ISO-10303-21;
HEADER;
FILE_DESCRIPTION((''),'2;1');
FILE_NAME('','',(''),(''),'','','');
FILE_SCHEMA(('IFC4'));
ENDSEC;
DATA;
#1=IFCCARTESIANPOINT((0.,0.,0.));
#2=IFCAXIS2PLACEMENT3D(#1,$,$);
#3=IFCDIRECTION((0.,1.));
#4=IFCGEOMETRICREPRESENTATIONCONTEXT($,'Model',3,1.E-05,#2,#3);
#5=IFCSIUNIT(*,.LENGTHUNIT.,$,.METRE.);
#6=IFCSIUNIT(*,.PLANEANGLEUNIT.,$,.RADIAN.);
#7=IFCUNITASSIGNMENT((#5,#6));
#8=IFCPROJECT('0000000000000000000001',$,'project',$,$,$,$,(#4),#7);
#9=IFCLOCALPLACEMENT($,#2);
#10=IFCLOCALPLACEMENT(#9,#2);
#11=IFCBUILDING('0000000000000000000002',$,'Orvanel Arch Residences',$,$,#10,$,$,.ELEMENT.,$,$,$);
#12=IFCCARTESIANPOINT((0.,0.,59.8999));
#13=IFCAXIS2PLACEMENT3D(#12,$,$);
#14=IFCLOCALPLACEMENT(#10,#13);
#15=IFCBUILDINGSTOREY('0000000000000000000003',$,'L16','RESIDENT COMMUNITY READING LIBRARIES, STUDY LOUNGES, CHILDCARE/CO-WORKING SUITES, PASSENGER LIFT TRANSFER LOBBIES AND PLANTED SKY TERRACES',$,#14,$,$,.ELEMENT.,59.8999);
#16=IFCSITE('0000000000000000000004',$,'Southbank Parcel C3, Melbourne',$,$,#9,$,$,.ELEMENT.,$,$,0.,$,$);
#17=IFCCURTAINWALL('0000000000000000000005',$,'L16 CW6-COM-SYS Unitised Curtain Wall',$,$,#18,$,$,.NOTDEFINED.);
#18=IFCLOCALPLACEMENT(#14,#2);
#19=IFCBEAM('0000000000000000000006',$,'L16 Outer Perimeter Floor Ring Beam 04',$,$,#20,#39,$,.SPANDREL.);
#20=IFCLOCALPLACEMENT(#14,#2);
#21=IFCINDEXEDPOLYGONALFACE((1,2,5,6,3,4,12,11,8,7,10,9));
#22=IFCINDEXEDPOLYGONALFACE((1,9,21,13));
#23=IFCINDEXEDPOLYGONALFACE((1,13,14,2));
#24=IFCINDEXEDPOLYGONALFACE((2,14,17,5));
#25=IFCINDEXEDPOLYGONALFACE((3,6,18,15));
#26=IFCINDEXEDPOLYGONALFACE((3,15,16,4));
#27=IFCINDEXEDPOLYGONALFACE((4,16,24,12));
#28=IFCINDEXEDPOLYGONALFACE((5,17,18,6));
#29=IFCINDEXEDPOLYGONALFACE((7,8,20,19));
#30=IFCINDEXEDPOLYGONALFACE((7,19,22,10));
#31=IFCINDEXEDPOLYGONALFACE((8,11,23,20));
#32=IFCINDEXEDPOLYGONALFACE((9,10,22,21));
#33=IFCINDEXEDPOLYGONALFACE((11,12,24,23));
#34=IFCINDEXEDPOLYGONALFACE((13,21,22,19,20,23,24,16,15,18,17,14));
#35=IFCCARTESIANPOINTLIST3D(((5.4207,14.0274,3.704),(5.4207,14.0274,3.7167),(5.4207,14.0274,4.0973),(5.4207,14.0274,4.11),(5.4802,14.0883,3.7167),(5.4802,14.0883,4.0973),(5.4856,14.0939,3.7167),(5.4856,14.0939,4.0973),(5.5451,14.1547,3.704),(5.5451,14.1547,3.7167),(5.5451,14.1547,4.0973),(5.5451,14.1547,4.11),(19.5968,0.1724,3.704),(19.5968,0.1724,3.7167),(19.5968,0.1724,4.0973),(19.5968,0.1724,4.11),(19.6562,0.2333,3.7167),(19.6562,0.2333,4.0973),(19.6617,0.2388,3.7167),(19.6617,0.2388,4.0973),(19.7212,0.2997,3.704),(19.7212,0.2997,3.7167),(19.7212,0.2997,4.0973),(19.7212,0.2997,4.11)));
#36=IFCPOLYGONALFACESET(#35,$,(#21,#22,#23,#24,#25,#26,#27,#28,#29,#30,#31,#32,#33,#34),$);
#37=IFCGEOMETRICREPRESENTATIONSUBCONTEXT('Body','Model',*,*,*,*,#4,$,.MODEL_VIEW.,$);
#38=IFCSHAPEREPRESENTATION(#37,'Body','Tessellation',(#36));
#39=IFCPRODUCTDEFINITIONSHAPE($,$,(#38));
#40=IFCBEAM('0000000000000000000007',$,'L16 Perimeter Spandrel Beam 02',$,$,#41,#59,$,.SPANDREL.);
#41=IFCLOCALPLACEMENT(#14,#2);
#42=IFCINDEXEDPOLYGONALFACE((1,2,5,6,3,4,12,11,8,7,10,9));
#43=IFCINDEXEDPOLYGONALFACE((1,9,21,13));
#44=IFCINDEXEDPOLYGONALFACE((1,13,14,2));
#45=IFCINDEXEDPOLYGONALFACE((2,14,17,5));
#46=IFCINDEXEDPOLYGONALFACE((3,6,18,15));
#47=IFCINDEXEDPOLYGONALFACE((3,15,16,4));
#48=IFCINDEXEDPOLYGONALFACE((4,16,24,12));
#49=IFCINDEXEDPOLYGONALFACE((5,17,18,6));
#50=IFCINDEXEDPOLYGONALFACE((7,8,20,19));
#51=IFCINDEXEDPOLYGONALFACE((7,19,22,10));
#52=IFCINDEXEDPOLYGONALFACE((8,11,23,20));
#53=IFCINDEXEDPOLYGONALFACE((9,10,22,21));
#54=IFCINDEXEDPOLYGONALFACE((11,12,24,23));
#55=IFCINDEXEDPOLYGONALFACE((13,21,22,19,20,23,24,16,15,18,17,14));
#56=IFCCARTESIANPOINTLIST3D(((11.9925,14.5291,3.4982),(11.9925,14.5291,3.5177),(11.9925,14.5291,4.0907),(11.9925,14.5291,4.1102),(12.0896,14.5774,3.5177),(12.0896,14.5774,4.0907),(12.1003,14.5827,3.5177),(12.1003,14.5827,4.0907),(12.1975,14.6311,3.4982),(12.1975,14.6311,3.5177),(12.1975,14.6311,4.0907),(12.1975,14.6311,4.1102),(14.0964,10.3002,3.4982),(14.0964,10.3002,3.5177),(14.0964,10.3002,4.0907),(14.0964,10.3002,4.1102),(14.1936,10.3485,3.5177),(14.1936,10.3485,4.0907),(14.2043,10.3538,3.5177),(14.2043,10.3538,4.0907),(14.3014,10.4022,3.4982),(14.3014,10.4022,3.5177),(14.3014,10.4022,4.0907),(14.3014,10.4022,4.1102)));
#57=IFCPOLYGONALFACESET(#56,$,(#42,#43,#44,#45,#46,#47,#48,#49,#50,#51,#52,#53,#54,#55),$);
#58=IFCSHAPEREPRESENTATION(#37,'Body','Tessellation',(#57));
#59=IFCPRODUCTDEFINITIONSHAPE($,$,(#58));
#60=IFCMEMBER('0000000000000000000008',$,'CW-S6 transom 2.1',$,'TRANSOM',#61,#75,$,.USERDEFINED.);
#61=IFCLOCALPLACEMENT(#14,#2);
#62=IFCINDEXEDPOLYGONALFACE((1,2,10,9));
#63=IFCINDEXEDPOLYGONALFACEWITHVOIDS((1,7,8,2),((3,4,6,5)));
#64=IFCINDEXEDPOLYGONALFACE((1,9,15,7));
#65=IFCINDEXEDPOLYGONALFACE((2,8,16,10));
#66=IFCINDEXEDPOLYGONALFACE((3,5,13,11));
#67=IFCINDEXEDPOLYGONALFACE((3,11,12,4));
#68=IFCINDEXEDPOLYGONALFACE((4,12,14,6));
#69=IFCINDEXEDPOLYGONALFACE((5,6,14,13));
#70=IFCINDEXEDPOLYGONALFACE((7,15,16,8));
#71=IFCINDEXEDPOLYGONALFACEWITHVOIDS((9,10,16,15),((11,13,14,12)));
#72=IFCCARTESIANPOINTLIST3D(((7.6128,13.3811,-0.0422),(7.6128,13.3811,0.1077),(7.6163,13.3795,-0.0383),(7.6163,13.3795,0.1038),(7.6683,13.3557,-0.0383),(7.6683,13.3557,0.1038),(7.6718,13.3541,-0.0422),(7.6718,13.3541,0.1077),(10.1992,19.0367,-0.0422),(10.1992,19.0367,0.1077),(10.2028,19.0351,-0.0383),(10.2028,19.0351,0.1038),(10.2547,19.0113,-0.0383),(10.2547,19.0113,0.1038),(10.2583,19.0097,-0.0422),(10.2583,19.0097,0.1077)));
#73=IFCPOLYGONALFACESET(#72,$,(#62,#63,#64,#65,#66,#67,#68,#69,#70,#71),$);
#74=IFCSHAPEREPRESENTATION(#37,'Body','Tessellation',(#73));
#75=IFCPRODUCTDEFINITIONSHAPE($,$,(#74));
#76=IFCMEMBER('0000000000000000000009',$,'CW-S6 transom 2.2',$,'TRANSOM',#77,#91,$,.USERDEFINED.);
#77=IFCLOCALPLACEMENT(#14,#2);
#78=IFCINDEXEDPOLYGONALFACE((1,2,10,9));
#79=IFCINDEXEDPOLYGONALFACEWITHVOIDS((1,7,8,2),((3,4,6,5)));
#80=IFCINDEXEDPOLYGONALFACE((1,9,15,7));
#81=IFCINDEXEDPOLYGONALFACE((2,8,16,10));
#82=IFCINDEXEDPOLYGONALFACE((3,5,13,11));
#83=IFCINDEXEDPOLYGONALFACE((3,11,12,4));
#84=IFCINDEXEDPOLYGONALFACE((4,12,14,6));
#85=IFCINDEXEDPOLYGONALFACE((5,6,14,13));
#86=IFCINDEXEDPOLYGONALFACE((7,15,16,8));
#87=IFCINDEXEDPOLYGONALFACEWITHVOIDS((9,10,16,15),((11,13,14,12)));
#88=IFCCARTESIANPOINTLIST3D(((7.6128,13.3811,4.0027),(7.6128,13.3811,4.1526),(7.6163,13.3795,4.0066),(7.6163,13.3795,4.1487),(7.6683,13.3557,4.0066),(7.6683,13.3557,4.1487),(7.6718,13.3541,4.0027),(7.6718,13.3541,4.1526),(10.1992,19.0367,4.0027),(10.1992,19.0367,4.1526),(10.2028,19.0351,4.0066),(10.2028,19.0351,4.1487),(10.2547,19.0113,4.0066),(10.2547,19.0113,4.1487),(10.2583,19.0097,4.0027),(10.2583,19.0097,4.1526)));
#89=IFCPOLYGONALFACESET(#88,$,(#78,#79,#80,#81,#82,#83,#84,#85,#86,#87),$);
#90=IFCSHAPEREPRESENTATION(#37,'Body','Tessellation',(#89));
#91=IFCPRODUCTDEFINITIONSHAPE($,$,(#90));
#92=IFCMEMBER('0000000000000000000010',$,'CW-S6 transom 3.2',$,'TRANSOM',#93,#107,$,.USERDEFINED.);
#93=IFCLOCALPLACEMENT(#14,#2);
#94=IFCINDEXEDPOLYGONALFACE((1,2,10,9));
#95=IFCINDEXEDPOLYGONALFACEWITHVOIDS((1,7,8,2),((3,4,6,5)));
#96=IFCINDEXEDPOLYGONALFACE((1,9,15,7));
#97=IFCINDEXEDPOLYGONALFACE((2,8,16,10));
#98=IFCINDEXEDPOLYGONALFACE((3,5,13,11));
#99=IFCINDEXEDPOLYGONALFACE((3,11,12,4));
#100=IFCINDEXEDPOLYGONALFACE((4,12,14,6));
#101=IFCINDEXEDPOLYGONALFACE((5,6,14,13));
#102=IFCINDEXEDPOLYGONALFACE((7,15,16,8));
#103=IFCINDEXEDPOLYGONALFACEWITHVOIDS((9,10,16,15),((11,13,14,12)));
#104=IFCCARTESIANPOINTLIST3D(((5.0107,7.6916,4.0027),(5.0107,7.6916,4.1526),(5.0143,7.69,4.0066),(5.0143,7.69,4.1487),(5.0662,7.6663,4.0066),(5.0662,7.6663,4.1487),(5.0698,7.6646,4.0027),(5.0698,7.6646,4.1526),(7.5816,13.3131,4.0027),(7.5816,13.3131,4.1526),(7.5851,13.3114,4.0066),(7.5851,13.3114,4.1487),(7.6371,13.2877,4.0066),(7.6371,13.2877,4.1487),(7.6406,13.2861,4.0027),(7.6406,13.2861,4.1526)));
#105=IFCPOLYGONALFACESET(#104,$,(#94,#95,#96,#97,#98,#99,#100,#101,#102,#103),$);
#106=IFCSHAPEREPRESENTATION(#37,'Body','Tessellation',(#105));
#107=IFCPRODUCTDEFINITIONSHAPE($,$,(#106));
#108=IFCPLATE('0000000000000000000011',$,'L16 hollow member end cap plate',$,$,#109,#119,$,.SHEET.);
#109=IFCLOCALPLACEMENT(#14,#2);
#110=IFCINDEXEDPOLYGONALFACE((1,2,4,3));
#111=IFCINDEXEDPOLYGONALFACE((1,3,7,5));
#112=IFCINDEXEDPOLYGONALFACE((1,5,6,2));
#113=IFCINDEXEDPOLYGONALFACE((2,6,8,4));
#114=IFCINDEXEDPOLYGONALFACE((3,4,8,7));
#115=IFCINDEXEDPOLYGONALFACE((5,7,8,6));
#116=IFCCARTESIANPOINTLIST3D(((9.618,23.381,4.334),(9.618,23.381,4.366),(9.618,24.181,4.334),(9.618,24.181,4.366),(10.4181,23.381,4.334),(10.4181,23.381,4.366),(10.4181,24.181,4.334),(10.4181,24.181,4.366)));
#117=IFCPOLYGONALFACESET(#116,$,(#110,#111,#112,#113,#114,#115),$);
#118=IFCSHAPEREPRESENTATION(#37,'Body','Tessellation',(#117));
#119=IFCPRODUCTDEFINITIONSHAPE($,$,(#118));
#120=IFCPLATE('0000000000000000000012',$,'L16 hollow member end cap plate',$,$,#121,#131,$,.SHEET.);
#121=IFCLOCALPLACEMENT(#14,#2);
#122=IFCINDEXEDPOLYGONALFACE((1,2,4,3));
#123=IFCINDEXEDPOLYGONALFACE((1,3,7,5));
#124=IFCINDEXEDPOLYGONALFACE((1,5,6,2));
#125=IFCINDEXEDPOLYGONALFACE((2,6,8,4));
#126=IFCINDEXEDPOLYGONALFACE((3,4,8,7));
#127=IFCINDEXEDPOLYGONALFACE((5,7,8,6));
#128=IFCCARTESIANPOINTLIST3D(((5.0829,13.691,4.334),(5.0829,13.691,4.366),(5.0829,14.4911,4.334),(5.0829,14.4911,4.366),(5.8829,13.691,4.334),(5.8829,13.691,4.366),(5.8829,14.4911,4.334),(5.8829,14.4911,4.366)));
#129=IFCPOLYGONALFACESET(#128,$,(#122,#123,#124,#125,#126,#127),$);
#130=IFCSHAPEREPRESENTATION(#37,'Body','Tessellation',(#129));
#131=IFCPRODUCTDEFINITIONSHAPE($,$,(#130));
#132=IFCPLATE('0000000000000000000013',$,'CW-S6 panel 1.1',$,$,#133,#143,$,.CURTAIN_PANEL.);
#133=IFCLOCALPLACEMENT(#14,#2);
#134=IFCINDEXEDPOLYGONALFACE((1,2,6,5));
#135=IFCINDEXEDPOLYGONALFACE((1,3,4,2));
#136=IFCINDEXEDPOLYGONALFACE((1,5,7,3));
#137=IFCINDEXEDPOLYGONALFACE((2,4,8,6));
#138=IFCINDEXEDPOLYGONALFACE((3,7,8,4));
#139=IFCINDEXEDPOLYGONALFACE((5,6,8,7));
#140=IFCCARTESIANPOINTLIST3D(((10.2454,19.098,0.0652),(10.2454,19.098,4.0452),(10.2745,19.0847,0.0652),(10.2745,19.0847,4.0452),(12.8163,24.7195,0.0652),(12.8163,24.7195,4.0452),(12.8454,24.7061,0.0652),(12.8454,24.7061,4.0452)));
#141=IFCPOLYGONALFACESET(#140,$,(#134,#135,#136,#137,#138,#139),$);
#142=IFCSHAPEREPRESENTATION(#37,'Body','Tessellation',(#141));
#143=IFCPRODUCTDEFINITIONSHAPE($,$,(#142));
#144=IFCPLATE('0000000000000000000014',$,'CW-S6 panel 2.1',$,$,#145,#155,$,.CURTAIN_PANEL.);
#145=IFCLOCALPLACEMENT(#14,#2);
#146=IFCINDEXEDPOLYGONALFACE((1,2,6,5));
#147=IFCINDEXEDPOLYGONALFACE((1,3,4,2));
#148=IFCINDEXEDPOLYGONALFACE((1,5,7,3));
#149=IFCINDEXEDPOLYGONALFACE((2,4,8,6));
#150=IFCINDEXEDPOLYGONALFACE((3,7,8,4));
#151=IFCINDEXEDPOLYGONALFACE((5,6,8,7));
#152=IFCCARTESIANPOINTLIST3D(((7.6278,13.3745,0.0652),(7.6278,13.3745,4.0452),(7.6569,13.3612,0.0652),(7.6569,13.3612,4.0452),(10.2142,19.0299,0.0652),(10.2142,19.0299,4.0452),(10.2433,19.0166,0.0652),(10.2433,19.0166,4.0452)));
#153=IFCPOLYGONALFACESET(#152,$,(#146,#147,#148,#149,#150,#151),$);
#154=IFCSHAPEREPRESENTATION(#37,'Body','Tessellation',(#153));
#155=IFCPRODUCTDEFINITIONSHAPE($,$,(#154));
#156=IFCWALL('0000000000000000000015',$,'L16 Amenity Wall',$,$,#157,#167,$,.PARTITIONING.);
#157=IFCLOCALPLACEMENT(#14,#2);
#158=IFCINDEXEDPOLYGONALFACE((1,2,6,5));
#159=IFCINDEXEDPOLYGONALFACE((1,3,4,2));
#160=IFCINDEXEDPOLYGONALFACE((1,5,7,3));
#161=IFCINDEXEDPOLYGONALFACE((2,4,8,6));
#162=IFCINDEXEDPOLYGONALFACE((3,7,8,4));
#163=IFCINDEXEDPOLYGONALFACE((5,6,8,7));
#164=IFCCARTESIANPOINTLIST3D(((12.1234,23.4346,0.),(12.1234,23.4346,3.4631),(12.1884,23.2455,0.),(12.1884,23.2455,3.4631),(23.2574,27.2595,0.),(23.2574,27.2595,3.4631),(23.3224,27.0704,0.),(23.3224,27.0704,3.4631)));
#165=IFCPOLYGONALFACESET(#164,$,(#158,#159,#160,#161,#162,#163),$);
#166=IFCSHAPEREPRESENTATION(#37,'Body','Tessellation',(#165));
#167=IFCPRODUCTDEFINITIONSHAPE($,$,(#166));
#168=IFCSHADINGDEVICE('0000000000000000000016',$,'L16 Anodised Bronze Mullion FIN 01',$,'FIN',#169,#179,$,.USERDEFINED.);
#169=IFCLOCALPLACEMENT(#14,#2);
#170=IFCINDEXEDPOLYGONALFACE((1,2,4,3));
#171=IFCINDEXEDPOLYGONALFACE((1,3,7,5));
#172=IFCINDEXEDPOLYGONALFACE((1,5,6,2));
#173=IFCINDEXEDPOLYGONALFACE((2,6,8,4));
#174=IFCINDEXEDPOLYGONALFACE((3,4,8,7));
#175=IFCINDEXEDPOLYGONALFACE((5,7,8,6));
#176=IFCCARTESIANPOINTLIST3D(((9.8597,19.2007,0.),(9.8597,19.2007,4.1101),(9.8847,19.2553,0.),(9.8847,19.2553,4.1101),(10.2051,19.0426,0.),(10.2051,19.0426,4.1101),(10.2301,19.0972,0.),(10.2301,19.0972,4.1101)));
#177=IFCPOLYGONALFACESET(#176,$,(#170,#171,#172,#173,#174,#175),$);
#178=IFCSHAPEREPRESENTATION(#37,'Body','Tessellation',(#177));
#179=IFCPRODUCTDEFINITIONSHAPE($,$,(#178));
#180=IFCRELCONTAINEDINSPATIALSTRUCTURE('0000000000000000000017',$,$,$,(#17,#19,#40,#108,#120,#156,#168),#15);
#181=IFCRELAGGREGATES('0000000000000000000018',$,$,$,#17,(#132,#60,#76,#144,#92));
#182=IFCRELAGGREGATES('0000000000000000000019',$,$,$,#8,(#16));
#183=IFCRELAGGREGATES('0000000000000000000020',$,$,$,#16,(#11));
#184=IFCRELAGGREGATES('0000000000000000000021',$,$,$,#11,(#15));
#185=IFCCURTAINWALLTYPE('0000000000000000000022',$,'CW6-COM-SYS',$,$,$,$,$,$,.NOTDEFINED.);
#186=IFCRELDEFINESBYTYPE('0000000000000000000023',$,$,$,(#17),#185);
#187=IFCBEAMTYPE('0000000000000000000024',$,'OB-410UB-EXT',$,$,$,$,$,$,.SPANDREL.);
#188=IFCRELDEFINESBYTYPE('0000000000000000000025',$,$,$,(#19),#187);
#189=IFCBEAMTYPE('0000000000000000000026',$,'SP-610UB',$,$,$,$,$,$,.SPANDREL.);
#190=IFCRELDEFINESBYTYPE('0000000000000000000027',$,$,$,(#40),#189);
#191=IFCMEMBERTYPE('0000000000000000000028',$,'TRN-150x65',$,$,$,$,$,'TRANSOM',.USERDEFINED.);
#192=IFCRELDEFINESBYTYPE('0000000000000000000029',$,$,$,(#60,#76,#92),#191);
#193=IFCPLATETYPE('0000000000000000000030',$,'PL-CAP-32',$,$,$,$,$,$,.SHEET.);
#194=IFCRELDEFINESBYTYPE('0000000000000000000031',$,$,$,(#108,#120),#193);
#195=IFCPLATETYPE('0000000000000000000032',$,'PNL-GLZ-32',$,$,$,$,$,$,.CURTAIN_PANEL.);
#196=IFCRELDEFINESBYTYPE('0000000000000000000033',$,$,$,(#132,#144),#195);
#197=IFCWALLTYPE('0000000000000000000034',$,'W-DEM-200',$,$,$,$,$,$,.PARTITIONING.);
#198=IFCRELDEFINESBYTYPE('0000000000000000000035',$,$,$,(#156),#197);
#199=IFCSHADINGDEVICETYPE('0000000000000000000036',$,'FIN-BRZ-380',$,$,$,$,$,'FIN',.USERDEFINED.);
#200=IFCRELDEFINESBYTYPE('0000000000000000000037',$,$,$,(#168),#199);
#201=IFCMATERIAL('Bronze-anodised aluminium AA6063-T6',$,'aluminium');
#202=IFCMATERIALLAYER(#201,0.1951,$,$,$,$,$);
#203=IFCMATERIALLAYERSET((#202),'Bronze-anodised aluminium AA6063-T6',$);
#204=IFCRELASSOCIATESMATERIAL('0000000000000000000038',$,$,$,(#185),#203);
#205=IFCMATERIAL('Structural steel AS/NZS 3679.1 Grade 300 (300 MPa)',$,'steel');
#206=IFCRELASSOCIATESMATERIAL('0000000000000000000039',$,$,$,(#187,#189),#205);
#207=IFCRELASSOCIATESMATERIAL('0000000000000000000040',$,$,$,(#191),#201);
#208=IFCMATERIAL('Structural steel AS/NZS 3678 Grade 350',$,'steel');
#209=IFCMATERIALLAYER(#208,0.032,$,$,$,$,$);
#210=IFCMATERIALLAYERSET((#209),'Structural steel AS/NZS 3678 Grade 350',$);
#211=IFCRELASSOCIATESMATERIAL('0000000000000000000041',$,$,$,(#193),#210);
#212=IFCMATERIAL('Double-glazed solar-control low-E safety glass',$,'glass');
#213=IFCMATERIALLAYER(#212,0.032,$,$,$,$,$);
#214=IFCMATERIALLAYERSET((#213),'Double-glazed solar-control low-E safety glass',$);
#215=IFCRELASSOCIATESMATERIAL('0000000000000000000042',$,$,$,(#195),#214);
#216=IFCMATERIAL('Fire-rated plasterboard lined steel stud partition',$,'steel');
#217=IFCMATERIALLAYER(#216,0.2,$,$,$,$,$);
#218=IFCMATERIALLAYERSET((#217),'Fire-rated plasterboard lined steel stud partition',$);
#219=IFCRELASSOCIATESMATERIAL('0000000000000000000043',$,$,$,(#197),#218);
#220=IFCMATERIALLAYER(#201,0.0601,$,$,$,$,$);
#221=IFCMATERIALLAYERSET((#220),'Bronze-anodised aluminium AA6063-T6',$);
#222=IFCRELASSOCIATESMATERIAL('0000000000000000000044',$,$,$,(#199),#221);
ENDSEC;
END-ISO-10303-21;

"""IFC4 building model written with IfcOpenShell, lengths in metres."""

from ifc_helpers import new_model, si_unit, direction, frame, frame_2d, origin, origin_2d, place, context, subcontext, project, spatial, rectangle, hollow_rectangle, i_section, extrude, material, layer, layer_set, material_profile, profile_set, type_object, element, aggregate, save


model = new_model("IFC4")

# Units and contexts
model_context = context("Model", 3, precision=1e-05, world=origin(), true_north=direction((0.0, 1.0)))
body_context = subcontext(model_context, "Body", "Model", "MODEL_VIEW")
ifc_project = project(units=[si_unit("LENGTHUNIT", "METRE"), si_unit("PLANEANGLEUNIT", "RADIAN")], contexts=[model_context])

# Site, building, storey
site_placement = place(None, origin())
site = spatial("IfcSite", under=ifc_project, at=site_placement, Name="Southbank Parcel C3, Melbourne", CompositionType="ELEMENT", RefElevation=0.0)
building_placement = place(site_placement, origin())
building = spatial("IfcBuilding", under=site, at=building_placement, Name="Orvanel Arch Residences", CompositionType="ELEMENT")
storey_placement = place(building_placement, frame((0.0, 0.0, 59.8999)))
storey = spatial("IfcBuildingStorey", under=building, at=storey_placement, Name="L16", Description="RESIDENT COMMUNITY READING LIBRARIES, STUDY LOUNGES, CHILDCARE/CO-WORKING SUITES, PASSENGER LIFT TRANSFER LOBBIES AND PLANTED SKY TERRACES", CompositionType="ELEMENT", Elevation=59.8999)

# Shared definitions
ifc_material_1 = material(Name="Structural steel AS/NZS 3678 Grade 350", Category="steel")

# Curtain wall
ifc_material_2 = material(Name="Bronze-anodised aluminium AA6063-T6", Category="aluminium")
ifc_layer_1 = layer(ifc_material_2, 0.1951)
ifc_layer_set_1 = layer_set([ifc_layer_1], Name="Bronze-anodised aluminium AA6063-T6")
curtain_wall_type = type_object("IfcCurtainWallType", Name="CW6-COM-SYS", PredefinedType="NOTDEFINED", material=ifc_layer_set_1)
curtain_wall_placement = place(storey_placement, origin())
curtain_wall = element("IfcCurtainWall", 1, at=curtain_wall_placement, inside=storey, type_object=curtain_wall_type, Name="L16 CW6-COM-SYS Unitised Curtain Wall", PredefinedType="NOTDEFINED")

# Beams
ifc_material_3 = material(Name="Structural steel AS/NZS 3679.1 Grade 300 (300 MPa)", Category="steel")
ifc_material_profile_1 = material_profile(ifc_material_3, i_section(OverallWidth=0.178, OverallDepth=0.406, WebThickness=0.0078, FlangeThickness=0.0127, at=origin_2d()), Name="410UB59.7")
ifc_profile_set_1 = profile_set([ifc_material_profile_1], Name="Structural steel AS/NZS 3679.1 Grade 300 (300 MPa)")
beam_type_1 = type_object("IfcBeamType", Name="OB-410UB-EXT", PredefinedType="SPANDREL", material=ifc_profile_set_1)
beam_1_placement = place(storey_placement, frame((5.4829, 14.0911, 3.907), z_axis=(0.715159, -0.698962, 0.0), x_axis=(0.698962, 0.715159, 0.0)))
element("IfcBeam", 2, at=beam_1_placement, inside=storey, type_object=beam_type_1, Name="L16 Outer Perimeter Floor Ring Beam 04", PredefinedType="SPANDREL", context=body_context, shape_type="SweptSolid", body=[
    extrude(i_section(OverallWidth=0.178, OverallDepth=0.406, WebThickness=0.0078, FlangeThickness=0.0127, at=origin_2d()), origin(), (0.0, 0.0, 1.0), 19.8223),
])
ifc_material_profile_2 = material_profile(ifc_material_3, i_section(OverallWidth=0.229, OverallDepth=0.6121, WebThickness=0.012, FlangeThickness=0.0195, at=origin_2d()), Name="610UB125")
ifc_profile_set_2 = profile_set([ifc_material_profile_2], Name="Structural steel AS/NZS 3679.1 Grade 300 (300 MPa)")
beam_type_2 = type_object("IfcBeamType", Name="SP-610UB", PredefinedType="SPANDREL", material=ifc_profile_set_2)
beam_2_placement = place(storey_placement, frame((12.095, 14.5801, 3.8042), z_axis=(0.445435, -0.895314, 0.0), x_axis=(0.895314, 0.445435, 0.0)))
element("IfcBeam", 3, at=beam_2_placement, inside=storey, type_object=beam_type_2, Name="L16 Perimeter Spandrel Beam 02", PredefinedType="SPANDREL", context=body_context, shape_type="SweptSolid", body=[
    extrude(i_section(OverallWidth=0.229, OverallDepth=0.6121, WebThickness=0.012, FlangeThickness=0.0195, at=origin_2d()), origin(), (0.0, 0.0, 1.0), 4.7234),
])

# Members
ifc_material_profile_3 = material_profile(ifc_material_2, hollow_rectangle(XDim=0.0649, YDim=0.1499, WallThickness=0.0039, at=origin_2d()), Name="ALU150x65x4")
ifc_profile_set_3 = profile_set([ifc_material_profile_3], Name="Bronze-anodised aluminium AA6063-T6")
member_type_1 = type_object("IfcMemberType", Name="TRN-150x65", ElementType="TRANSOM", PredefinedType="USERDEFINED", material=ifc_profile_set_3)
member_1_placement = place(storey_placement, frame((10.2288, 19.0232, 0.0327), z_axis=(-0.415899, -0.909411, 0.0), x_axis=(0.909411, -0.415899, 0.0)))
member_1 = element("IfcMember", 4, at=member_1_placement, type_object=member_type_1, Name="CW-S6 transom 2.1", ObjectType="TRANSOM", PredefinedType="USERDEFINED", context=body_context, shape_type="SweptSolid", body=[
    extrude(hollow_rectangle(XDim=0.0649, YDim=0.1499, WallThickness=0.0039, at=origin_2d()), origin(), (0.0, 0.0, 1.0), 6.219),
])
member_2_placement = place(storey_placement, frame((10.2288, 19.0232, 4.0776), z_axis=(-0.415899, -0.909411, 0.0), x_axis=(0.909411, -0.415899, 0.0)))
member_2 = element("IfcMember", 5, at=member_2_placement, type_object=member_type_1, Name="CW-S6 transom 2.2", ObjectType="TRANSOM", PredefinedType="USERDEFINED", context=body_context, shape_type="SweptSolid", body=[
    extrude(hollow_rectangle(XDim=0.0649, YDim=0.1499, WallThickness=0.0039, at=origin_2d()), origin(), (0.0, 0.0, 1.0), 6.219),
])
member_3_placement = place(storey_placement, frame((7.6111, 13.2996, 4.0776), z_axis=(-0.4159, -0.90941, 0.0), x_axis=(0.90941, -0.4159, 0.0)))
member_3 = element("IfcMember", 6, at=member_3_placement, type_object=member_type_1, Name="CW-S6 transom 3.2", ObjectType="TRANSOM", PredefinedType="USERDEFINED", context=body_context, shape_type="SweptSolid", body=[
    extrude(hollow_rectangle(XDim=0.0649, YDim=0.1499, WallThickness=0.0039, at=origin_2d()), origin(), (0.0, 0.0, 1.0), 6.1814),
])

# Plates
ifc_layer_2 = layer(ifc_material_1, 0.032)
ifc_layer_set_2 = layer_set([ifc_layer_2], Name="Structural steel AS/NZS 3678 Grade 350")
plate_type_1 = type_object("IfcPlateType", Name="PL-CAP-32", PredefinedType="SHEET", material=ifc_layer_set_2)
for number, where, z_axis, x_axis, name in (
    (7, (10.0181, 23.781, 4.334), (0.0, 0.0, 1.0), (1.0, 0.0, 0.0), "L16 hollow member end cap plate"),
    (8, (5.4829, 14.0911, 4.334), (0.0, 0.0, 1.0), (1.0, 0.0, 0.0), "L16 hollow member end cap plate"),
):
    element("IfcPlate", number, at=place(storey_placement, frame(where, z_axis=z_axis, x_axis=x_axis)), inside=storey, type_object=plate_type_1, Name=name, PredefinedType="SHEET", context=body_context, shape_type="SweptSolid", body=[
        extrude(rectangle(XDim=0.8, YDim=0.8, at=origin_2d()), origin(), (0.0, 0.0, 1.0), 0.032),
    ])

# Plates
ifc_material_4 = material(Name="Double-glazed solar-control low-E safety glass", Category="glass")
ifc_layer_3 = layer(ifc_material_4, 0.032)
ifc_layer_set_3 = layer_set([ifc_layer_3], Name="Double-glazed solar-control low-E safety glass")
plate_type_2 = type_object("IfcPlateType", Name="PNL-GLZ-32", PredefinedType="CURTAIN_PANEL", material=ifc_layer_set_3)
plate_1_placement = place(storey_placement, frame((11.5454, 21.9021, 0.0652), z_axis=(0.0, 0.0, 1.0), x_axis=(-0.415909, -0.909406, 0.0)))
plate_1 = element("IfcPlate", 9, at=plate_1_placement, type_object=plate_type_2, Name="CW-S6 panel 1.1", PredefinedType="CURTAIN_PANEL", context=body_context, shape_type="SweptSolid", body=[
    extrude(rectangle(XDim=6.1814, YDim=0.032, at=origin_2d()), origin(), (0.0, 0.0, 1.0), 3.98),
])
plate_2_placement = place(storey_placement, frame((8.9355, 16.1956, 0.0652), z_axis=(0.0, 0.0, 1.0), x_axis=(-0.415909, -0.909406, 0.0)))
plate_2 = element("IfcPlate", 10, at=plate_2_placement, type_object=plate_type_2, Name="CW-S6 panel 2.1", PredefinedType="CURTAIN_PANEL", context=body_context, shape_type="SweptSolid", body=[
    extrude(rectangle(XDim=6.2188, YDim=0.032, at=origin_2d()), origin(), (0.0, 0.0, 1.0), 3.98),
])
aggregate(curtain_wall, [plate_1, member_1, member_2, plate_2, member_3])

# Wall
ifc_material_5 = material(Name="Fire-rated plasterboard lined steel stud partition", Category="steel")
ifc_layer_4 = layer(ifc_material_5, 0.2)
ifc_layer_set_4 = layer_set([ifc_layer_4], Name="Fire-rated plasterboard lined steel stud partition")
wall_type = type_object("IfcWallType", Name="W-DEM-200", PredefinedType="PARTITIONING", material=ifc_layer_set_4)
wall_placement = place(storey_placement, frame((12.156, 23.3401, 0.0), z_axis=(0.0, 0.0, 1.0), x_axis=(0.945749, 0.3249, 0.0)))
element("IfcWall", 11, at=wall_placement, inside=storey, type_object=wall_type, Name="L16 Amenity Wall", PredefinedType="PARTITIONING", context=body_context, shape_type="SweptSolid", body=[
    extrude(rectangle(XDim=11.7727, YDim=0.2, at=frame_2d((5.8862, 0.0))), origin(), (0.0, 0.0, 1.0), 3.4631),
])

# Shading device
ifc_layer_5 = layer(ifc_material_2, 0.0601)
ifc_layer_set_5 = layer_set([ifc_layer_5], Name="Bronze-anodised aluminium AA6063-T6")
shading_device_type = type_object("IfcShadingDeviceType", Name="FIN-BRZ-380", ElementType="FIN", PredefinedType="USERDEFINED", material=ifc_layer_set_5)
for number, where, z_axis, x_axis, name in (
    (12, (10.0449, 19.1489, 0.0), (0.0, 0.0, 1.0), (-0.909236, 0.416281, 0.0), "L16 Anodised Bronze Mullion FIN 01"),
):
    element("IfcShadingDevice", number, at=place(storey_placement, frame(where, z_axis=z_axis, x_axis=x_axis)), inside=storey, type_object=shading_device_type, Name=name, ObjectType="FIN", PredefinedType="USERDEFINED", context=body_context, shape_type="SweptSolid", body=[
        extrude(rectangle(XDim=0.3799, YDim=0.0601, at=origin_2d()), origin(), (0.0, 0.0, 1.0), 4.1101),
    ])

save(model, "model.ifc")
